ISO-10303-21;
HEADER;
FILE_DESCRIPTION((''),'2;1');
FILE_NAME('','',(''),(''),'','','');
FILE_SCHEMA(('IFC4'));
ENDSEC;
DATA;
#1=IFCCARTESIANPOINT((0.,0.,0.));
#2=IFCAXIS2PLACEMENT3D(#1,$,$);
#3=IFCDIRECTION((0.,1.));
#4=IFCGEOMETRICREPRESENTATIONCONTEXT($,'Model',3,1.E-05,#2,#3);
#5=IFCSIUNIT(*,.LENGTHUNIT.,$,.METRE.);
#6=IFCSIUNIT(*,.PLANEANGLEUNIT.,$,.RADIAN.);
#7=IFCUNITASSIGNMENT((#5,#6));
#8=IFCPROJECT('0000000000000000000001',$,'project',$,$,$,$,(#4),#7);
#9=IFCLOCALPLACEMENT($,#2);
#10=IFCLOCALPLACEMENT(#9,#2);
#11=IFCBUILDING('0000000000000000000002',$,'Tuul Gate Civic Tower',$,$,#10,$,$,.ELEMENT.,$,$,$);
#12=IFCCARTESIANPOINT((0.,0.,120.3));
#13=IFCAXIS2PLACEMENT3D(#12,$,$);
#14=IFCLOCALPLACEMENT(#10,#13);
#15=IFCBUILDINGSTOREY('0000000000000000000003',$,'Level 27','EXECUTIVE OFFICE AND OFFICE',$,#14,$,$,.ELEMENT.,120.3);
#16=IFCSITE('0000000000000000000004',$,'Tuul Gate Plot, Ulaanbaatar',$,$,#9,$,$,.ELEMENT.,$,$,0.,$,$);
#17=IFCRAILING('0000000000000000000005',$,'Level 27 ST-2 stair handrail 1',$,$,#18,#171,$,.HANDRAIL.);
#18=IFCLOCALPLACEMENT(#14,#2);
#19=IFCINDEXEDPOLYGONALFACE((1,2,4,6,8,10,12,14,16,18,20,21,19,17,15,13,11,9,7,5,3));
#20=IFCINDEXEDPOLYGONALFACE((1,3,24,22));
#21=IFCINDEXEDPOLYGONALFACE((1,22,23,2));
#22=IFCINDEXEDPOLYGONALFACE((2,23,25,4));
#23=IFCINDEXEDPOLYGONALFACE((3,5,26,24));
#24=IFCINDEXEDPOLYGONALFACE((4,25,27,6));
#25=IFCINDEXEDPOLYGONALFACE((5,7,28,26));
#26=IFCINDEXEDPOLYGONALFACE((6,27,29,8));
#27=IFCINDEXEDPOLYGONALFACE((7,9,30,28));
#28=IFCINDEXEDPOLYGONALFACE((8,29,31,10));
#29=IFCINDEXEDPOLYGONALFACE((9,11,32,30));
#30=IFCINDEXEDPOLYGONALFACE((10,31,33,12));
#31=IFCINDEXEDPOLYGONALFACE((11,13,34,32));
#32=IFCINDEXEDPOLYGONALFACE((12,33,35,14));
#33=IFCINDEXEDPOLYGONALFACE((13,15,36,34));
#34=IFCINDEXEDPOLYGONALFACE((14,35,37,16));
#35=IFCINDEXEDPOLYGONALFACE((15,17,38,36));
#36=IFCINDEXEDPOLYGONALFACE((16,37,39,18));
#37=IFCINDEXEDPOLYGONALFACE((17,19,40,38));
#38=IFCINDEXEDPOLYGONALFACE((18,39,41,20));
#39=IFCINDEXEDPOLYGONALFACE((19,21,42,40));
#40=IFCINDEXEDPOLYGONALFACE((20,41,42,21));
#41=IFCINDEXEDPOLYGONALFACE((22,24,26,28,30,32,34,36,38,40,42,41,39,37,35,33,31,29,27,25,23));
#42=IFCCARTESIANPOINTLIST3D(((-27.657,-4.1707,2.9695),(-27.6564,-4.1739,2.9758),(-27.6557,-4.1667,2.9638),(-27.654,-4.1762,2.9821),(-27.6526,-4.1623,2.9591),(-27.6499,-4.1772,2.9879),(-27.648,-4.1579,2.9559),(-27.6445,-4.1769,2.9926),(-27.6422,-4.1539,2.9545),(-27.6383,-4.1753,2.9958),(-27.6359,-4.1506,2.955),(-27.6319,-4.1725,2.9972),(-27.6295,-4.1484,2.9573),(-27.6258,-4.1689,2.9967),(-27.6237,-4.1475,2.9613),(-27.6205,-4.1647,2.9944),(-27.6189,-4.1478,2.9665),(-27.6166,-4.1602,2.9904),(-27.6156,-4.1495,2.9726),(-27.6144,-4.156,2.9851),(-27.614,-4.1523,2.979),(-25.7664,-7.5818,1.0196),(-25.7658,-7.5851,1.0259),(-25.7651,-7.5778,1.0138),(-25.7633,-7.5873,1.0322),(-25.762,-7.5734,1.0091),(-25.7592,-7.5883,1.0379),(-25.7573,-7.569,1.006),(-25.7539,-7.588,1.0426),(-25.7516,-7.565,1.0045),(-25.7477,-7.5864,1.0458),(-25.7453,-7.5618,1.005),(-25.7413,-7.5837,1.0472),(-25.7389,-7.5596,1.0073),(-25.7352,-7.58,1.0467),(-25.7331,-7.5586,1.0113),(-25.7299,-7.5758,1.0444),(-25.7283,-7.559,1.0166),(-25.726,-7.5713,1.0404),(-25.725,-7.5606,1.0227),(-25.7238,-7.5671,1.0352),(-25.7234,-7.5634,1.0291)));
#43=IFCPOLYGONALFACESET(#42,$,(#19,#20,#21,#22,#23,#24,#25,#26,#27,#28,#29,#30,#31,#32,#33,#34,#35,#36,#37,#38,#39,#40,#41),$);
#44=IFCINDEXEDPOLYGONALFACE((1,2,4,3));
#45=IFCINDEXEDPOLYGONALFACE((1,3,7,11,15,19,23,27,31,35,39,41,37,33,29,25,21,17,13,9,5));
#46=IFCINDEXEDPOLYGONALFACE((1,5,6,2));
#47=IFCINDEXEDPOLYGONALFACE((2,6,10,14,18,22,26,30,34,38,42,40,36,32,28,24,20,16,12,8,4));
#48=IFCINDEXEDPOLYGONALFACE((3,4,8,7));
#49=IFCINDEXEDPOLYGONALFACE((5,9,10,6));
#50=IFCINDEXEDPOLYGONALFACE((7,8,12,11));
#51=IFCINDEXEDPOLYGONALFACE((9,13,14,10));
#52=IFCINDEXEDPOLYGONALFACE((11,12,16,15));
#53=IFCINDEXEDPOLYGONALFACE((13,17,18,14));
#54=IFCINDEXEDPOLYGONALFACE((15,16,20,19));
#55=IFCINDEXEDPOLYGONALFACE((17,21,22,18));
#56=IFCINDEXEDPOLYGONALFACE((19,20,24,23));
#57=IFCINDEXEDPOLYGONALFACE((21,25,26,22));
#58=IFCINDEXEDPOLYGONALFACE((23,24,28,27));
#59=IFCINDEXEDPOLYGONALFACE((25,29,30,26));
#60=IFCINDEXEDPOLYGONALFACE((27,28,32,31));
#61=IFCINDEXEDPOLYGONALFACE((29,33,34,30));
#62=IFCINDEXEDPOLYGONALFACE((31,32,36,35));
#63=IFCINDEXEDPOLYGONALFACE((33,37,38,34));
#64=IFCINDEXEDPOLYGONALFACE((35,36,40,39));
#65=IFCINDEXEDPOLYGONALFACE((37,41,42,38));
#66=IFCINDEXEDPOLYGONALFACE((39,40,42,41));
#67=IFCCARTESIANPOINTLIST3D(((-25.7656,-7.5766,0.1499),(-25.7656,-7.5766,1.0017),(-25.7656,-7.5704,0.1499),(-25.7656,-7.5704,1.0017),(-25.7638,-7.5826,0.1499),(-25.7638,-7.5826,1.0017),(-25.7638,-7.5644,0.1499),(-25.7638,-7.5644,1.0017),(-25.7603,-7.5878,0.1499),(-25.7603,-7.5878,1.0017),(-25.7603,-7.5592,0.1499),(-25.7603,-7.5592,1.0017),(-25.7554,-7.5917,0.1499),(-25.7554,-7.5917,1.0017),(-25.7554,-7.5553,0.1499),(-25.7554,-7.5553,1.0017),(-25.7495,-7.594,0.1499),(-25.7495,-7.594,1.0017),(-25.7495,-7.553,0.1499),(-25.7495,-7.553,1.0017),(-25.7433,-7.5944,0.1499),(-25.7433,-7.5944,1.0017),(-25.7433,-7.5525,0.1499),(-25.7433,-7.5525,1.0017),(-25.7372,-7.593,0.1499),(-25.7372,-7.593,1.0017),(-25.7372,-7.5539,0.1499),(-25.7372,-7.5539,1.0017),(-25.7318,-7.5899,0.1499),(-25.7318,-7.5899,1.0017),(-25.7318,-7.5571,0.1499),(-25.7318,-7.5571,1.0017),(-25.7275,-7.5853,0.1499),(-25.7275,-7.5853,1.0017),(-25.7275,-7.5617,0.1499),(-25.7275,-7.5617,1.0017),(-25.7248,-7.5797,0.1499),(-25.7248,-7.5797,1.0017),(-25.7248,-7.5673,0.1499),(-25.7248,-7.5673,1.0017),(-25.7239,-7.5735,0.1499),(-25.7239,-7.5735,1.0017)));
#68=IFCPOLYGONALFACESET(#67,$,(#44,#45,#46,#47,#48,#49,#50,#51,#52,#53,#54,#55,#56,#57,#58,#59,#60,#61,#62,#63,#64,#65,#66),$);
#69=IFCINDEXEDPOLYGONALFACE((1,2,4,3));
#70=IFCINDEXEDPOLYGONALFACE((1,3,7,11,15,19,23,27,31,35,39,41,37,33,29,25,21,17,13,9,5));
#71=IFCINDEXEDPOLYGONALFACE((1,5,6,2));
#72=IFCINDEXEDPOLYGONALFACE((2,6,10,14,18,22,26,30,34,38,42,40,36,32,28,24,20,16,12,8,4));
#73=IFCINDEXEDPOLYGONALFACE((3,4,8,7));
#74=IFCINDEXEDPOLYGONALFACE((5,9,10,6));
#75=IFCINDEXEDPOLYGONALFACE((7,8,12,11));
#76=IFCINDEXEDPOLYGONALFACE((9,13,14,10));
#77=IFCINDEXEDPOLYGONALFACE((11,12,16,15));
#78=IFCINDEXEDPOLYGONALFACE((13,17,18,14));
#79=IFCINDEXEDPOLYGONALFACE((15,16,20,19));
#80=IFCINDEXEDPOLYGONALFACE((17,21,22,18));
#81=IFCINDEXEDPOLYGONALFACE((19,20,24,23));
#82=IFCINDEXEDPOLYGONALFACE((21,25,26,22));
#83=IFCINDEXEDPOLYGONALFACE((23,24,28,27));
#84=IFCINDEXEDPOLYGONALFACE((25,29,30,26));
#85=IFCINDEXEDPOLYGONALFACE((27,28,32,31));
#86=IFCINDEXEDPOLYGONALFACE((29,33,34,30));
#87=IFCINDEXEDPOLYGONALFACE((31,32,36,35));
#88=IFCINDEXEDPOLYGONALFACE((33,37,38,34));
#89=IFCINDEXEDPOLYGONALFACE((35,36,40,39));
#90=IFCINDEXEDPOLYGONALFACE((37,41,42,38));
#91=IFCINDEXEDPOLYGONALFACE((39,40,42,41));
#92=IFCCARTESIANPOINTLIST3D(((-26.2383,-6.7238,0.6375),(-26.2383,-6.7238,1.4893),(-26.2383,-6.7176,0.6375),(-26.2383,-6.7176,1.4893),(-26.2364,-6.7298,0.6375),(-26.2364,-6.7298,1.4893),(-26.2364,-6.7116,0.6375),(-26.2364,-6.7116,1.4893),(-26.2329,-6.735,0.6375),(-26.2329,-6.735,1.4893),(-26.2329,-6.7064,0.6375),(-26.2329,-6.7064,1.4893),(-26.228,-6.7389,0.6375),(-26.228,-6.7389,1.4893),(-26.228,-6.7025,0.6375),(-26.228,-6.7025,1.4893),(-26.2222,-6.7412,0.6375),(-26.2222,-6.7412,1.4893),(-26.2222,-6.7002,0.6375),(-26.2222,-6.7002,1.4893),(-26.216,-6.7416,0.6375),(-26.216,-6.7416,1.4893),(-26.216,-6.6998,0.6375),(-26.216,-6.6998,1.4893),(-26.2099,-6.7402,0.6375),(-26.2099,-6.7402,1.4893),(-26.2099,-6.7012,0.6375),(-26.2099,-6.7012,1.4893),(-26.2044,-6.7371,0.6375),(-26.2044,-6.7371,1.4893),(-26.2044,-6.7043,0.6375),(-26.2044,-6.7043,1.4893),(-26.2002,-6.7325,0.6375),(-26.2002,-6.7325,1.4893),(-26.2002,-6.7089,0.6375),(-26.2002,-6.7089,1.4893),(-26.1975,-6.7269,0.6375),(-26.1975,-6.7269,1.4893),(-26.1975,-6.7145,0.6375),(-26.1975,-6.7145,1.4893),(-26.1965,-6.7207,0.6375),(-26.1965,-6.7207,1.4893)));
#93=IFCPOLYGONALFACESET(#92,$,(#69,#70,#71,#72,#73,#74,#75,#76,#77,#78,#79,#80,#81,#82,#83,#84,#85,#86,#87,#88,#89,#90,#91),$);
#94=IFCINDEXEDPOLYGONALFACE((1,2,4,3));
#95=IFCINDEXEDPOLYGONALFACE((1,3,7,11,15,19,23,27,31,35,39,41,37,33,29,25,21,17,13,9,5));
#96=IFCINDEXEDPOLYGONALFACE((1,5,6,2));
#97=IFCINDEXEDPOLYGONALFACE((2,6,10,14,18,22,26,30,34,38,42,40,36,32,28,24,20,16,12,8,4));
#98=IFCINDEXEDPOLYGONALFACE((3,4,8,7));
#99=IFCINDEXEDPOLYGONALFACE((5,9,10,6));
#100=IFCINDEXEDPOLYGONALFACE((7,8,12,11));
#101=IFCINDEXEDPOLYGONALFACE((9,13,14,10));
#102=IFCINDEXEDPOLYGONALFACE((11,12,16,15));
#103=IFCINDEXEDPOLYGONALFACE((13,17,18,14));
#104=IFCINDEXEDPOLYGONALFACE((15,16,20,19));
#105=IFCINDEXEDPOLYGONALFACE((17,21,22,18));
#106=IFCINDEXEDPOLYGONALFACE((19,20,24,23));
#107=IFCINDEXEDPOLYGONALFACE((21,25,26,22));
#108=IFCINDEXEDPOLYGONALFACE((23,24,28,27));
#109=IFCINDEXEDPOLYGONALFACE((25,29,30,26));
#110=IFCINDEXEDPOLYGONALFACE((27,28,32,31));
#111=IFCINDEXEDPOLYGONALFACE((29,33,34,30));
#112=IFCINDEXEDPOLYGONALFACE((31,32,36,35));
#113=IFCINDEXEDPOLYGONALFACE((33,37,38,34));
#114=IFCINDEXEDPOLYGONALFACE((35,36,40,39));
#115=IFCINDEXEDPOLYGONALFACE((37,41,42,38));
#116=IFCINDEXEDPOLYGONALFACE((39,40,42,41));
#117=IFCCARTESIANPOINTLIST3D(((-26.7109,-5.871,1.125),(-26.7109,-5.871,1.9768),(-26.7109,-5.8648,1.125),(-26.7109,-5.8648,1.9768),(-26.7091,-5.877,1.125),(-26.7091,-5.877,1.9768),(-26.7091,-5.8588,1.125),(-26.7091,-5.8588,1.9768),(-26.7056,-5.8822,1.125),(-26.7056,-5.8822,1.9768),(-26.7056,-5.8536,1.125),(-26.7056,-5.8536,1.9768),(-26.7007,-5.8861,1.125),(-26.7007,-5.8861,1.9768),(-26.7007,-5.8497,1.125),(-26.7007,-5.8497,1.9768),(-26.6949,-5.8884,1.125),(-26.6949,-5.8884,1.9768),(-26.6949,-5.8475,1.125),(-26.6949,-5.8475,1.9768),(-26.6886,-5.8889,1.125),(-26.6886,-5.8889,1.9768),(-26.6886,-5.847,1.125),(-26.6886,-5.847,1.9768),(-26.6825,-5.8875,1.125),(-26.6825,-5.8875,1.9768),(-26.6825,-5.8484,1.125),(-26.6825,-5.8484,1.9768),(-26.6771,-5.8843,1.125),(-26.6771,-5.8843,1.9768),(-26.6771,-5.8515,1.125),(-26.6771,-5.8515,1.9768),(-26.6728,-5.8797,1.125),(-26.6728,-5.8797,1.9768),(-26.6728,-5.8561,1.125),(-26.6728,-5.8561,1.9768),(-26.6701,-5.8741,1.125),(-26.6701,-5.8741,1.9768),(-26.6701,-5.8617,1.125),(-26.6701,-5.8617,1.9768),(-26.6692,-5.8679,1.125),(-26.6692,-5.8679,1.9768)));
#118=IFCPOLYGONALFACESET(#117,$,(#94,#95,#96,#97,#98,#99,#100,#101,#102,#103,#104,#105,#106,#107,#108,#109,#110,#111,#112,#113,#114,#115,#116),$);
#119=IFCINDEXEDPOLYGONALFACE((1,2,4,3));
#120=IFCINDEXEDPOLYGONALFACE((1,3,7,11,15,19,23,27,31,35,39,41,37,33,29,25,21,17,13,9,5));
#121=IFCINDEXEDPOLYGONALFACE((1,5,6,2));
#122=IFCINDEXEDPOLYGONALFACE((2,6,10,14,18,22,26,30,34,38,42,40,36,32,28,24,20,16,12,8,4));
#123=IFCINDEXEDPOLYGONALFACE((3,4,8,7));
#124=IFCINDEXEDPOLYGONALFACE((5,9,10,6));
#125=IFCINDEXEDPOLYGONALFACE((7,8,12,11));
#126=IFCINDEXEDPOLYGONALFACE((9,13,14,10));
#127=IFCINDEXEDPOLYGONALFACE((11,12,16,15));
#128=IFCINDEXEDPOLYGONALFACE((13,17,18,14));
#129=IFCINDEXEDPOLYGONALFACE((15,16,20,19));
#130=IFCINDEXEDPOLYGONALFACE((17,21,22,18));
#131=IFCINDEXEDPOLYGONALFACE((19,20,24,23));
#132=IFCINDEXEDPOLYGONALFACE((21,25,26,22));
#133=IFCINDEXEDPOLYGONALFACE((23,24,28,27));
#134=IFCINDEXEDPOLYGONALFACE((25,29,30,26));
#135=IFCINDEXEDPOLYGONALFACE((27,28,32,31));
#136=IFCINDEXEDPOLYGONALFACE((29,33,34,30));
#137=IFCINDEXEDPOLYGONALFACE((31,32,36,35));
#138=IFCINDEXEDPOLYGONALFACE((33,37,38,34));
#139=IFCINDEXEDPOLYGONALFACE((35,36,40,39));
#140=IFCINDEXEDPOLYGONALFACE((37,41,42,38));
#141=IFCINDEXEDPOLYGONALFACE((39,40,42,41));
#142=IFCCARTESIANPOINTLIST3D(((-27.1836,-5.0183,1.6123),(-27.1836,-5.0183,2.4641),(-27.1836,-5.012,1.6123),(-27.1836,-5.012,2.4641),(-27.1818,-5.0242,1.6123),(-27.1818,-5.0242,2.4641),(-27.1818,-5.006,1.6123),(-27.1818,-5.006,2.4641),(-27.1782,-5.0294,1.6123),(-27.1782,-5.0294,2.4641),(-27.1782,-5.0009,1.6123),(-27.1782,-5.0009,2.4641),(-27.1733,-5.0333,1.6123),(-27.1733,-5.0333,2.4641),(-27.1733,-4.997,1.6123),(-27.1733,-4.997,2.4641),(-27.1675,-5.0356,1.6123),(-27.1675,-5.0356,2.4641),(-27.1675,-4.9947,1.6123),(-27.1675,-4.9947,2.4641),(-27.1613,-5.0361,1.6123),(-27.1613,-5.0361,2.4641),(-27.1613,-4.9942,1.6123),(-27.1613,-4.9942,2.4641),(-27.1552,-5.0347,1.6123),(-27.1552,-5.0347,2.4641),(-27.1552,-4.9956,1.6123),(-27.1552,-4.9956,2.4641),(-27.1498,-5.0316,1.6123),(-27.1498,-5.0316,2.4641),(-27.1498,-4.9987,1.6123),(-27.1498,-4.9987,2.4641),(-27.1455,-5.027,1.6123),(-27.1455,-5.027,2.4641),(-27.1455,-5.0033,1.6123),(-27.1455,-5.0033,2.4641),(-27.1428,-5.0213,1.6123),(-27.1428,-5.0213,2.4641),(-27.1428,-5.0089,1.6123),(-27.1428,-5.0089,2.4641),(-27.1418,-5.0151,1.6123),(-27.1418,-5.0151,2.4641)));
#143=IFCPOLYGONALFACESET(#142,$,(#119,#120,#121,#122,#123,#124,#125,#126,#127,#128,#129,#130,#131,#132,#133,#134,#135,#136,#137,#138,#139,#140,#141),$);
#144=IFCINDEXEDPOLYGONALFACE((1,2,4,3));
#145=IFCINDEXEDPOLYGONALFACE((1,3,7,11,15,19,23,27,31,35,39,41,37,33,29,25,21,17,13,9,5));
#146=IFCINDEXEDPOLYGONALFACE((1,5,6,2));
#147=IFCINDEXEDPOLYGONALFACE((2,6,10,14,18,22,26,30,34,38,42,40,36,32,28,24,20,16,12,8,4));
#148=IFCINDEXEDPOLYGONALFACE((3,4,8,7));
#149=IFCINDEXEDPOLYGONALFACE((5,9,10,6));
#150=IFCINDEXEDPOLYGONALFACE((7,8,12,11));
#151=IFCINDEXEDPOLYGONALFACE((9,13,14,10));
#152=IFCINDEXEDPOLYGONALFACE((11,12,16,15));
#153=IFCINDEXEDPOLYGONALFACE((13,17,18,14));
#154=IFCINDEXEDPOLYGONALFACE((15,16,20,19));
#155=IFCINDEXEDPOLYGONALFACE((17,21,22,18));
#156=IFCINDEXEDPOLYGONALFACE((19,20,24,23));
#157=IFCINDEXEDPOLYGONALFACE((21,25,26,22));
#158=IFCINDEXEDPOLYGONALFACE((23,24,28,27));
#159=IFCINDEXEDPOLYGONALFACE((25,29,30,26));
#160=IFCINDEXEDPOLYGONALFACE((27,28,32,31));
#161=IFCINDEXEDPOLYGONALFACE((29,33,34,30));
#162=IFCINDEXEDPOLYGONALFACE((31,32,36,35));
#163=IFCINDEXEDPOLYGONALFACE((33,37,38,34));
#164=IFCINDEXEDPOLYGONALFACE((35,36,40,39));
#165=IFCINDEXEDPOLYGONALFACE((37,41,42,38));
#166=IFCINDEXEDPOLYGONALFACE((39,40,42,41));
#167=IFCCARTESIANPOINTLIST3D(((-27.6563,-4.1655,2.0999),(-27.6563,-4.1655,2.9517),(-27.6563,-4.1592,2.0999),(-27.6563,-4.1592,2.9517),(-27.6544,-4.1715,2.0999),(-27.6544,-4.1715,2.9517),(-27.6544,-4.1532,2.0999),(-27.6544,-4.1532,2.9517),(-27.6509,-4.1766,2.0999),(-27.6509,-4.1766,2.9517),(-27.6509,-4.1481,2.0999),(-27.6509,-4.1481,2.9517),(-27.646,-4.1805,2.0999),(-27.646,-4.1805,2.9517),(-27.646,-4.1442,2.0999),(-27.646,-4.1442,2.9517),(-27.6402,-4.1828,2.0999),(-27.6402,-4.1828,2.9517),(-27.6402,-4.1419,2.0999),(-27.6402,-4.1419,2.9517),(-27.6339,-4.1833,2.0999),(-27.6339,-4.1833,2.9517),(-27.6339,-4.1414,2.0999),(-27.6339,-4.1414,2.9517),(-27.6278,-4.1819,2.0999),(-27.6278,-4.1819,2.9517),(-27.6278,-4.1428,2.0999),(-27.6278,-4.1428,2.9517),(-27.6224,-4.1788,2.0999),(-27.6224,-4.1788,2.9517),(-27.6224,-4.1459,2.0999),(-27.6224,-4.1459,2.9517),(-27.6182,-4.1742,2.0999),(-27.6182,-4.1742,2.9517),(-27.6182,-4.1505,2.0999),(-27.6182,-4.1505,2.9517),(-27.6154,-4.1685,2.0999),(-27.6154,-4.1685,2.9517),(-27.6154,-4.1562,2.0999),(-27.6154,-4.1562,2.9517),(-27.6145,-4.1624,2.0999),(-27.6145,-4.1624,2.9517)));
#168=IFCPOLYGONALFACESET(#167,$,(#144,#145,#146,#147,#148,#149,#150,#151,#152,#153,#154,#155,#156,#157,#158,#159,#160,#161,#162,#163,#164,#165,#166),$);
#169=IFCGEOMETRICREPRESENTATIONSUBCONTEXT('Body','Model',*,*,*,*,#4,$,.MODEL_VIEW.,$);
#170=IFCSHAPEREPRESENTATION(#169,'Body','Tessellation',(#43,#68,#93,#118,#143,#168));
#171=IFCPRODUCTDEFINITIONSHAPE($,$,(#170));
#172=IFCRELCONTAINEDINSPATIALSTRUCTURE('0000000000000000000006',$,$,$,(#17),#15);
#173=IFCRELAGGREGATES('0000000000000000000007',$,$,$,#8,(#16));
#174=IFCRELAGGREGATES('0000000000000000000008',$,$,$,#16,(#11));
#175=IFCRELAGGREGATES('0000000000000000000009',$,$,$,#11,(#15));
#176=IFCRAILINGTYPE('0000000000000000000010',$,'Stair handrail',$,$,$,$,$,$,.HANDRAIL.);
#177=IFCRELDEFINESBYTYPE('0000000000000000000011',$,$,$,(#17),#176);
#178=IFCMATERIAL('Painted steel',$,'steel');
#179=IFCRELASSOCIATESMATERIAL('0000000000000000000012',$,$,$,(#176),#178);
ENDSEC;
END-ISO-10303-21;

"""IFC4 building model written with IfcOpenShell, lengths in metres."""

from ifc_helpers import new_model, si_unit, direction, frame, origin, origin_2d, place, context, subcontext, project, spatial, circle, extrude, material, type_object, element, save


model = new_model("IFC4")

# Units and contexts
model_context = context("Model", 3, precision=1e-05, world=origin(), true_north=direction((0.0, 1.0)))
body_context = subcontext(model_context, "Body", "Model", "MODEL_VIEW")
ifc_project = project(units=[si_unit("LENGTHUNIT", "METRE"), si_unit("PLANEANGLEUNIT", "RADIAN")], contexts=[model_context])

# Site, building, storey
site_placement = place(None, origin())
site = spatial("IfcSite", under=ifc_project, at=site_placement, Name="Tuul Gate Plot, Ulaanbaatar", CompositionType="ELEMENT", RefElevation=0.0)
building_placement = place(site_placement, origin())
building = spatial("IfcBuilding", under=site, at=building_placement, Name="Tuul Gate Civic Tower", CompositionType="ELEMENT")
storey_placement = place(building_placement, frame((0.0, 0.0, 120.3)))
storey = spatial("IfcBuildingStorey", under=building, at=storey_placement, Name="Level 27", Description="EXECUTIVE OFFICE AND OFFICE", CompositionType="ELEMENT", Elevation=120.3)

# Railing
ifc_material_1 = material(Name="Painted steel", Category="steel")
railing_type_1 = type_object("IfcRailingType", Name="Stair handrail", PredefinedType="HANDRAIL", material=ifc_material_1)
railing_1_placement = place(storey_placement, frame((-25.7449, -7.5735, 0.1499)))
element("IfcRailing", 1, at=railing_1_placement, inside=storey, type_object=railing_type_1, Name="Level 27 ST-2 stair handrail 1", PredefinedType="HANDRAIL", context=body_context, shape_type="SweptSolid", body=[
    extrude(circle(Radius=0.0239, at=origin_2d()), frame((0.0, 0.0, 0.876), z_axis=(-0.433595, 0.782308, 0.447201), x_axis=(-0.874641, -0.484771, 0.0)), (0.0, 0.0, 1.0), 4.3604),
    extrude(circle(Radius=0.021, at=origin_2d()), origin(), (0.0, 0.0, 1.0), 0.8518),
    extrude(circle(Radius=0.021, at=origin_2d()), frame((-0.4727, 0.8528, 0.4875)), (0.0, 0.0, 1.0), 0.8518),
    extrude(circle(Radius=0.021, at=origin_2d()), frame((-0.9453, 1.7056, 0.9751)), (0.0, 0.0, 1.0), 0.8518),
    extrude(circle(Radius=0.021, at=origin_2d()), frame((-1.418, 2.5583, 1.4624)), (0.0, 0.0, 1.0), 0.8518),
    extrude(circle(Radius=0.021, at=origin_2d()), frame((-1.8906, 3.4111, 1.95)), (0.0, 0.0, 1.0), 0.8518),
])

save(model, "model.ifc")
